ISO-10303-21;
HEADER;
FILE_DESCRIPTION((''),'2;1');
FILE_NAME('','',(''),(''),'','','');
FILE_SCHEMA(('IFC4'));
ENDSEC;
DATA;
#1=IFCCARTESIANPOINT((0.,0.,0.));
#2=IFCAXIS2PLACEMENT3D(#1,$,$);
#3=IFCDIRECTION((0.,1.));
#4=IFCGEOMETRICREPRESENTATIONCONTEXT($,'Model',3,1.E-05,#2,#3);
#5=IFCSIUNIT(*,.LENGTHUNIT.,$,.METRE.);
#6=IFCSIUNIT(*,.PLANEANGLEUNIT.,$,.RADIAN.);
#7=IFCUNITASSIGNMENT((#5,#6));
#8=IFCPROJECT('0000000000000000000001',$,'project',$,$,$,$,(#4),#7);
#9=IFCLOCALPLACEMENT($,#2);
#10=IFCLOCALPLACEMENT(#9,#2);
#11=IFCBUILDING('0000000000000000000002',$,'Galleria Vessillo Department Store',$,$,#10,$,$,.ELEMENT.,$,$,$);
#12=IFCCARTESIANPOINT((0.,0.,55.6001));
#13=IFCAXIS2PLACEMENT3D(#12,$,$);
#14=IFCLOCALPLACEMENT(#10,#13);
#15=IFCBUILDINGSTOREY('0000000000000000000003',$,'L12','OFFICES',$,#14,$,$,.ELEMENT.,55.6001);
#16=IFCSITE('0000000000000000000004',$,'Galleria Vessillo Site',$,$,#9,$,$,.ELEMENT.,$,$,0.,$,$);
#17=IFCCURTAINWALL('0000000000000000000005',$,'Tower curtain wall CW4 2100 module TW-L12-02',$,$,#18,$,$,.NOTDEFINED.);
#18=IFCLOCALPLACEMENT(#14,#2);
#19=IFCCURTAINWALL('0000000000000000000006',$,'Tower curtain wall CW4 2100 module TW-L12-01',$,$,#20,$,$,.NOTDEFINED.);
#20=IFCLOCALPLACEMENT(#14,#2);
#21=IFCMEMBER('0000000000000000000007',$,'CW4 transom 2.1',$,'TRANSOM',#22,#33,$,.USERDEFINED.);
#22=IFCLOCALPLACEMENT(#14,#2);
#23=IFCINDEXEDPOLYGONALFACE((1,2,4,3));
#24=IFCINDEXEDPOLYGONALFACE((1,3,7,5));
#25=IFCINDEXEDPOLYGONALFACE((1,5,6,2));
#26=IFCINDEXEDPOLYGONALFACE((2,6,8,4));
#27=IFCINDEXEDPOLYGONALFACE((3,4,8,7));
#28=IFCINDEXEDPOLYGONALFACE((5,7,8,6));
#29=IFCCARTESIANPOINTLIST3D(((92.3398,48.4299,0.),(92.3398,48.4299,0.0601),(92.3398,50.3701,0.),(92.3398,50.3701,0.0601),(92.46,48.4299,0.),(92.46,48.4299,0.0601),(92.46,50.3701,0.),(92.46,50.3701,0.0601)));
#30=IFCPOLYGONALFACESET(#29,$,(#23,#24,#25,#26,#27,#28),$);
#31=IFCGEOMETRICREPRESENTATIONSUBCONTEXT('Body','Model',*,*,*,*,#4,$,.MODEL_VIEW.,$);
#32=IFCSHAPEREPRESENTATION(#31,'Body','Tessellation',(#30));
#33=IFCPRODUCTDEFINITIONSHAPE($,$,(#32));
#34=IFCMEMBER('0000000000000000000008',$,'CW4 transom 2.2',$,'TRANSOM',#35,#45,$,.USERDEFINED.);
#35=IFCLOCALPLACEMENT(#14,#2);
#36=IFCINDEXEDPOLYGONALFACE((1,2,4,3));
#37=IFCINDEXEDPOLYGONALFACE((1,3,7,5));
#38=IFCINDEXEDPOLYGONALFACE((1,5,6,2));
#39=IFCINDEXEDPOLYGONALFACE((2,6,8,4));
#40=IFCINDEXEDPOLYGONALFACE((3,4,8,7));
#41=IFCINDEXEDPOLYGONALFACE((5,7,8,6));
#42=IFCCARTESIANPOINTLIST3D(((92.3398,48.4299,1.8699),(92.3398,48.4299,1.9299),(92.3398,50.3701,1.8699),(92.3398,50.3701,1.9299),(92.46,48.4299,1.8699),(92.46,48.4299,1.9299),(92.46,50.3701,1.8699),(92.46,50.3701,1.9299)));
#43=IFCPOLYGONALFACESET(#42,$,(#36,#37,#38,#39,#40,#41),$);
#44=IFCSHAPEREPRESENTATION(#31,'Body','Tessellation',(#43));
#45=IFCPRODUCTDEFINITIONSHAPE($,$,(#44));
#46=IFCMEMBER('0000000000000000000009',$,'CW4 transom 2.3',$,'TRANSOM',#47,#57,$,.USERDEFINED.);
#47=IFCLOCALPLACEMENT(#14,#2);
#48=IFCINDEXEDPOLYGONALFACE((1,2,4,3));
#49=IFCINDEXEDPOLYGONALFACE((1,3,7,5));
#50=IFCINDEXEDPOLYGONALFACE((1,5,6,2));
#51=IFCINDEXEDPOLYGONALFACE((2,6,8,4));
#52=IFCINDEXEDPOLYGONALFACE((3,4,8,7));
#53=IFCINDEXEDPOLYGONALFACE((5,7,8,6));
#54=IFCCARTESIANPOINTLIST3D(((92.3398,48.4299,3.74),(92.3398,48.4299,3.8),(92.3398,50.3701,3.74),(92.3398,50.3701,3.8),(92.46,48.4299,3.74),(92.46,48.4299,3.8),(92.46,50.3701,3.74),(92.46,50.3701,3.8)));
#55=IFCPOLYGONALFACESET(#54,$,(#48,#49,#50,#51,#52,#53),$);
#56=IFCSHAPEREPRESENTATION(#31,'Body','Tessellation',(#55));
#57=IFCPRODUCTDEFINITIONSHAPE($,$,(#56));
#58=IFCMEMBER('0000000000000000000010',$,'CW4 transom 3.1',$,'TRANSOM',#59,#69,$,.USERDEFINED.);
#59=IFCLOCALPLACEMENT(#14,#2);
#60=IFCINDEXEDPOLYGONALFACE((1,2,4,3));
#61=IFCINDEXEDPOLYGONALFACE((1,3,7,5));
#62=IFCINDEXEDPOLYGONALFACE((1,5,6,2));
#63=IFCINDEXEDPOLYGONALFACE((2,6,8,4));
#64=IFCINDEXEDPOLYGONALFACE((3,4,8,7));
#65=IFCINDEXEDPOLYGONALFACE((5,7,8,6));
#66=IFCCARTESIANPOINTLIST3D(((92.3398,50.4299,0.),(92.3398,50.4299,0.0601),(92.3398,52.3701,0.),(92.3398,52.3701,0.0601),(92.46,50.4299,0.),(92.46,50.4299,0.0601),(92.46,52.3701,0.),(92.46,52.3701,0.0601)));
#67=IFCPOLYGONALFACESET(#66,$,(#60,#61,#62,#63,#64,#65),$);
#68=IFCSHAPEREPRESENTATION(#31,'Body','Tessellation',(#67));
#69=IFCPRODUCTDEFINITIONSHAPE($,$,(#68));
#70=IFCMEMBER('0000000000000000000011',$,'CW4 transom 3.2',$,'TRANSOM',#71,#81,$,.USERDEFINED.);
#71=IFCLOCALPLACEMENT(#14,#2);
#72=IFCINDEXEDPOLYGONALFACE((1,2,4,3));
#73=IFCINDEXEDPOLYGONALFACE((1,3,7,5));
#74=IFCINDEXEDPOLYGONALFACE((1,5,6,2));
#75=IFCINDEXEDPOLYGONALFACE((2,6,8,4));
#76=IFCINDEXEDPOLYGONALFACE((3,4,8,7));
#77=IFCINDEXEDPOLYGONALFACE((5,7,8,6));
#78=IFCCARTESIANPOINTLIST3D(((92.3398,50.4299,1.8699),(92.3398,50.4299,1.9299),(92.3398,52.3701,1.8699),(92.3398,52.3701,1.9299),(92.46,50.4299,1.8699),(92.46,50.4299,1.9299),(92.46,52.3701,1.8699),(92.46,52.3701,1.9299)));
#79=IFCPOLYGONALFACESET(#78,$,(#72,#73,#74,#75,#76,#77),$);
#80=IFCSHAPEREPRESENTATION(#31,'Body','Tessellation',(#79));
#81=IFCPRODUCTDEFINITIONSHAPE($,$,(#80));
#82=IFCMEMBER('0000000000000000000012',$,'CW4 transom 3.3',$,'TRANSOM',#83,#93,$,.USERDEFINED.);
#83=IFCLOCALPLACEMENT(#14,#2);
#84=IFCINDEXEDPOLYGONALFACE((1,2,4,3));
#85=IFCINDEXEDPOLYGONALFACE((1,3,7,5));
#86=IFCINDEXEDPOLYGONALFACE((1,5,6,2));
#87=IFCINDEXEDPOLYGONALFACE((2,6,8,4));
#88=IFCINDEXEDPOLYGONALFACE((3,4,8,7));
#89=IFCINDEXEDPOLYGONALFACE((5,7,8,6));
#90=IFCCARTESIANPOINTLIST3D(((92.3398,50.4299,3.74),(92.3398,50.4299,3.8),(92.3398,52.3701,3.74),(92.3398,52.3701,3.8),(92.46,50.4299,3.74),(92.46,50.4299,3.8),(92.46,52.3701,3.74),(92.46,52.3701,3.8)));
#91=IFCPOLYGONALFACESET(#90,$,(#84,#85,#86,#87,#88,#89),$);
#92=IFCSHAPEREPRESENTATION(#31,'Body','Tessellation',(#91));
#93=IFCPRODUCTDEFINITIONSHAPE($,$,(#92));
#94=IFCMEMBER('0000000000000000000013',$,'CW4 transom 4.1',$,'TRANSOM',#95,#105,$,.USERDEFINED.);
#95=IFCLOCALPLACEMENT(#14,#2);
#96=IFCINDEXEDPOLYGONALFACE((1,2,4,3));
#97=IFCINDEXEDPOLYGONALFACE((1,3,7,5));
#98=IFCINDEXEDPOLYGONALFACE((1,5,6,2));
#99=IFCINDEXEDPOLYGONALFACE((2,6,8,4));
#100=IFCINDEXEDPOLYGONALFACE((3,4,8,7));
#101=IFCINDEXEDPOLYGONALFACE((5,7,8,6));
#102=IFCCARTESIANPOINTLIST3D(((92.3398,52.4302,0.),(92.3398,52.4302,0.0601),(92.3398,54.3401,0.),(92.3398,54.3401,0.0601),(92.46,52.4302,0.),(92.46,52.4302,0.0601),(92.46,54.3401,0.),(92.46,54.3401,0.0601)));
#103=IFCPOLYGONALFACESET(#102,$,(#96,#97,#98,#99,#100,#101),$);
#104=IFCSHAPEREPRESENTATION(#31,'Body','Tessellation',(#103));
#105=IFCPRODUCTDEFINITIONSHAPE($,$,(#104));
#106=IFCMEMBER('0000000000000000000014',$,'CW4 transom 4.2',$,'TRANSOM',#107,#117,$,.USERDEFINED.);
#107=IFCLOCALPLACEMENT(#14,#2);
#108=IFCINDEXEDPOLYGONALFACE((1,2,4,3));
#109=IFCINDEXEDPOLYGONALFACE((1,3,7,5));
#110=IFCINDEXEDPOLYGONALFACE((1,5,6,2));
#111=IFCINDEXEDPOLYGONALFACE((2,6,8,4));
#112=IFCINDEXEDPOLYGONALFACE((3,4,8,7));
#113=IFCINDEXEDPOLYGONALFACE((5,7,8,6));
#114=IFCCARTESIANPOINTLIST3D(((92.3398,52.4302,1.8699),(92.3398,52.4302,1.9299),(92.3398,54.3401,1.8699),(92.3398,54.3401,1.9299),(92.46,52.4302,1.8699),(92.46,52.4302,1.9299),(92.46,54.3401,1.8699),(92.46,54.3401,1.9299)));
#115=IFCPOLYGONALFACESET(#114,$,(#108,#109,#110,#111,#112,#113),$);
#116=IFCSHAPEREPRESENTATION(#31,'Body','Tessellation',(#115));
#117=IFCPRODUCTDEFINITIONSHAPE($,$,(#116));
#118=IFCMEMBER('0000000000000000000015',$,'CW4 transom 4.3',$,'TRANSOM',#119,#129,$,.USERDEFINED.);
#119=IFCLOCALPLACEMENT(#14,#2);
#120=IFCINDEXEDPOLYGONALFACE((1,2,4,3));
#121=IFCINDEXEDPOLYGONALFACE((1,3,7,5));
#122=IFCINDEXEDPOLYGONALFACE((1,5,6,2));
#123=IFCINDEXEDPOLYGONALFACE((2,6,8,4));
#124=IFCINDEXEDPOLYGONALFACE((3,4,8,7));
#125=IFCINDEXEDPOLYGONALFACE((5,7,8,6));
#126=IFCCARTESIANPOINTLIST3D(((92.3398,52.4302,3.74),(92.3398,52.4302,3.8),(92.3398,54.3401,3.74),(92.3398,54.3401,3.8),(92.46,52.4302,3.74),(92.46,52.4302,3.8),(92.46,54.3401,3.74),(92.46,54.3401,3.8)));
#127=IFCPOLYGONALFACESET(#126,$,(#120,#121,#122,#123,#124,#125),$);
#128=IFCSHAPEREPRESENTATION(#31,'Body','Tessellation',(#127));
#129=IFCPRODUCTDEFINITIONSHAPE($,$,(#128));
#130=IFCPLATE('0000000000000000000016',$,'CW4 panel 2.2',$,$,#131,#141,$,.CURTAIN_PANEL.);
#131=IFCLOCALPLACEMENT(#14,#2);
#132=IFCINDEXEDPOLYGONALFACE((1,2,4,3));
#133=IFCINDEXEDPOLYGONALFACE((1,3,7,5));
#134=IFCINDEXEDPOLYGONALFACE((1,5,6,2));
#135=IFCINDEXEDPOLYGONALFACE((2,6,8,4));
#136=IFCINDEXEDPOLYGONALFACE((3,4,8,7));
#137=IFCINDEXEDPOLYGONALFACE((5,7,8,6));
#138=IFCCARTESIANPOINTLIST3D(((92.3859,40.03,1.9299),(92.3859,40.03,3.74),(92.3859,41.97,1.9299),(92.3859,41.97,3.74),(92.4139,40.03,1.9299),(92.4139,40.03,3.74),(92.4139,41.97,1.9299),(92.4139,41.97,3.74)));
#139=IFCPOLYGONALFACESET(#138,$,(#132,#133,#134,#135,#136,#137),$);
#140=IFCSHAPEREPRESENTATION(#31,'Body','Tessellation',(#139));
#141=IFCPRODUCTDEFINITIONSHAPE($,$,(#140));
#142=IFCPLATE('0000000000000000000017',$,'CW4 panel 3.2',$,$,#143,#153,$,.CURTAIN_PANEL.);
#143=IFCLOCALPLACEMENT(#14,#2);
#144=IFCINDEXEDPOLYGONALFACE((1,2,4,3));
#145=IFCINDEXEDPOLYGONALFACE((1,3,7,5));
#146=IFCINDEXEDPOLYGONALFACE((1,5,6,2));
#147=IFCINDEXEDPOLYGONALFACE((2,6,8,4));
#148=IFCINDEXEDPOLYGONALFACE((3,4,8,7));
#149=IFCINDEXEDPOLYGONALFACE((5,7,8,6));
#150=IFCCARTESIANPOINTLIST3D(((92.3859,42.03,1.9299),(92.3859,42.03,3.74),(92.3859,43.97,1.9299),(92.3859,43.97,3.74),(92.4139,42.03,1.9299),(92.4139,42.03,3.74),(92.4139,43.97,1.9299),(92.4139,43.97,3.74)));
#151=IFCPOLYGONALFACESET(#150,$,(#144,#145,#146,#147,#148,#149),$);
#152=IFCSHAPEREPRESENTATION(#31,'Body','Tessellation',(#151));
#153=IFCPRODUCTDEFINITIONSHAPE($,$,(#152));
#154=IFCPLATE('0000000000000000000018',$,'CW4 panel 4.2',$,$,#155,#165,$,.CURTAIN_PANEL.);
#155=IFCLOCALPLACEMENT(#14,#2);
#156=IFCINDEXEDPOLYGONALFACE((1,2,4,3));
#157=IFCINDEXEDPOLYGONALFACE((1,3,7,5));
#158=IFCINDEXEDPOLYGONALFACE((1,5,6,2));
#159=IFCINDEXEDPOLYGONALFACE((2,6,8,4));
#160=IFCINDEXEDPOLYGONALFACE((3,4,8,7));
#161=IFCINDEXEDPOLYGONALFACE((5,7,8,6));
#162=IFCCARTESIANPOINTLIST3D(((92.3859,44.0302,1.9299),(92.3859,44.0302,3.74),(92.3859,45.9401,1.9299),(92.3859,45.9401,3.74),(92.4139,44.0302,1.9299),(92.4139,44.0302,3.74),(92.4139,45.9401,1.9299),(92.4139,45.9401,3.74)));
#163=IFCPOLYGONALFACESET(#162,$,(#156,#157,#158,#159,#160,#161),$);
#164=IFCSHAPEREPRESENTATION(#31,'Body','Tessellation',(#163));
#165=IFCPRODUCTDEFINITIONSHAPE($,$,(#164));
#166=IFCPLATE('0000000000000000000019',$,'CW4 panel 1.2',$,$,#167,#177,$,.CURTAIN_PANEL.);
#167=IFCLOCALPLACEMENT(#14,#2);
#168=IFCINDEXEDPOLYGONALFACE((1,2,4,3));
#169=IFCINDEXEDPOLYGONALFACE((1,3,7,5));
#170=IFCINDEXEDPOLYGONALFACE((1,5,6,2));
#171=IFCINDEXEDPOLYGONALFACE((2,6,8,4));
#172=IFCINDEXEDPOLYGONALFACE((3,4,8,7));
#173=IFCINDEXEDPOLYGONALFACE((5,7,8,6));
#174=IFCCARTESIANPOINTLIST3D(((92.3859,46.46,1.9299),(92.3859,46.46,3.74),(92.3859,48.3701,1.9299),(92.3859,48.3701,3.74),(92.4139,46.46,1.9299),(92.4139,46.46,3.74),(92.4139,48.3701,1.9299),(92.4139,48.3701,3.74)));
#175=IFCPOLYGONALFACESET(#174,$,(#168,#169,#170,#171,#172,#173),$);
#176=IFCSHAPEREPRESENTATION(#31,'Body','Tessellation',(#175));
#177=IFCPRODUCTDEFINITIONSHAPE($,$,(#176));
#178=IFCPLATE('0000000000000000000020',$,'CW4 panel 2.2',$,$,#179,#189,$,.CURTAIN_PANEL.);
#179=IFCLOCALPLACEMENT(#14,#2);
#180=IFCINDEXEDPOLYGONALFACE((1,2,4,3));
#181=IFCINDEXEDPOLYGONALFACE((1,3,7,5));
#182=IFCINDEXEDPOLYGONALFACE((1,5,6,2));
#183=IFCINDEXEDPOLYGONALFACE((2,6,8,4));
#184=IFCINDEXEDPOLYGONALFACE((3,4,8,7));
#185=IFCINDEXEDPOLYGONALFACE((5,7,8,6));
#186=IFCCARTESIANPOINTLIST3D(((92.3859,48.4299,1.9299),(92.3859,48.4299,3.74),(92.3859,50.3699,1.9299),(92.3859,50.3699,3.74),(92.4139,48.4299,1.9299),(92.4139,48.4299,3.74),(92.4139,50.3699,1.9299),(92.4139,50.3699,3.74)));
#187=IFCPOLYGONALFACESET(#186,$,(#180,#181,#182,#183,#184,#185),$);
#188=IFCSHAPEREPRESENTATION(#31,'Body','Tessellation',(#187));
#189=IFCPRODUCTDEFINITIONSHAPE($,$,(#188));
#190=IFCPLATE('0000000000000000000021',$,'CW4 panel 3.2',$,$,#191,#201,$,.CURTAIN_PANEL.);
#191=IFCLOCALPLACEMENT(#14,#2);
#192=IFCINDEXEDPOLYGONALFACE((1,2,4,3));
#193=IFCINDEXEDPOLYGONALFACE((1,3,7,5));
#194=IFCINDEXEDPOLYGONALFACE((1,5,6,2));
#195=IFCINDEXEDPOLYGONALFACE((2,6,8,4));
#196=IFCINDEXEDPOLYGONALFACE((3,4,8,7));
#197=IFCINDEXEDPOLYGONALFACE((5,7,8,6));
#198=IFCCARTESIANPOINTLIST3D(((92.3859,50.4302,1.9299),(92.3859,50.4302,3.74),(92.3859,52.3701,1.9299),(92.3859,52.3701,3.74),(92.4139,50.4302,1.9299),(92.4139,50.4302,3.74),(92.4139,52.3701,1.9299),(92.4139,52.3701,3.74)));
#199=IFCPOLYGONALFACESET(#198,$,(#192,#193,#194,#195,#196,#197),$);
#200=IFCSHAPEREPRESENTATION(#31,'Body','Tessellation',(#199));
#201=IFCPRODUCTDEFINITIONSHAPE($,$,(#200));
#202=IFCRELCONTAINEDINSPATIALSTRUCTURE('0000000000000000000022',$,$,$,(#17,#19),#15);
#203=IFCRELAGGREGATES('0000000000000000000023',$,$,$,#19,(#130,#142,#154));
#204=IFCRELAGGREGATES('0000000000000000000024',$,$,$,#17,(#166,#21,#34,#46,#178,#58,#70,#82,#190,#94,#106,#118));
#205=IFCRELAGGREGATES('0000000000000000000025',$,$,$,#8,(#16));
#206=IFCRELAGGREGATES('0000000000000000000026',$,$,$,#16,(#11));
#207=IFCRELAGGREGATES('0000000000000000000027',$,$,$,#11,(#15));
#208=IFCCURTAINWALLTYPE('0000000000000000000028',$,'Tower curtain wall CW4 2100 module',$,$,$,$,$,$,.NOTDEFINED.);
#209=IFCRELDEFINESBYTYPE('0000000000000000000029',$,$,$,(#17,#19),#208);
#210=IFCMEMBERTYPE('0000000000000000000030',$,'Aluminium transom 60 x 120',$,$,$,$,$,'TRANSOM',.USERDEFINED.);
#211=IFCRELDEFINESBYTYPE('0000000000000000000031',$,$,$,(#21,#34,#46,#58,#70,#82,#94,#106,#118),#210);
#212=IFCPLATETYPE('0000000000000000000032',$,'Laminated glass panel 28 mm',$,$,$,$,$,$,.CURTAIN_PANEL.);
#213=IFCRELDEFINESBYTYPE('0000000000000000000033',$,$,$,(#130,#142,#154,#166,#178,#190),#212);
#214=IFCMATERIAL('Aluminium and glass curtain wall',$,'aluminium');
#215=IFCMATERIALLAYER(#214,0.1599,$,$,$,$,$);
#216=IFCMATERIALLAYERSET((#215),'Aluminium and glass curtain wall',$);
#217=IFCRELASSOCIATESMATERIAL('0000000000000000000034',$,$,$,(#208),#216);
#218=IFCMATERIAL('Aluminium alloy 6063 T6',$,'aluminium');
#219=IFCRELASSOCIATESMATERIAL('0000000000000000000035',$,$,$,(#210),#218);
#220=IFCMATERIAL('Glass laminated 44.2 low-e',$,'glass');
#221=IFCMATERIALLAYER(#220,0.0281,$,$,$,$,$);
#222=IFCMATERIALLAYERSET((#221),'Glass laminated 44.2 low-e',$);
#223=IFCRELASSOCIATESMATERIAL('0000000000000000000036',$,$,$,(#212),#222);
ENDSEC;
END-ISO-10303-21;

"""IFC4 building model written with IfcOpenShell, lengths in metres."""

from ifc_helpers import new_model, si_unit, direction, frame, origin, origin_2d, place, context, subcontext, project, spatial, rectangle, extrude, material, layer, layer_set, material_profile, profile_set, type_object, element, aggregate, save


model = new_model("IFC4")

# Units and contexts
model_context = context("Model", 3, precision=1e-05, world=origin(), true_north=direction((0.0, 1.0)))
body_context = subcontext(model_context, "Body", "Model", "MODEL_VIEW")
ifc_project = project(units=[si_unit("LENGTHUNIT", "METRE"), si_unit("PLANEANGLEUNIT", "RADIAN")], contexts=[model_context])

# Site, building, storey
site_placement = place(None, origin())
site = spatial("IfcSite", under=ifc_project, at=site_placement, Name="Galleria Vessillo Site", CompositionType="ELEMENT", RefElevation=0.0)
building_placement = place(site_placement, origin())
building = spatial("IfcBuilding", under=site, at=building_placement, Name="Galleria Vessillo Department Store", CompositionType="ELEMENT")
storey_placement = place(building_placement, frame((0.0, 0.0, 55.6001)))
storey = spatial("IfcBuildingStorey", under=building, at=storey_placement, Name="L12", Description="OFFICES", CompositionType="ELEMENT", Elevation=55.6001)

# Curtain walls
ifc_material_1 = material(Name="Aluminium and glass curtain wall", Category="aluminium")
ifc_layer_1 = layer(ifc_material_1, 0.1599)
ifc_layer_set_1 = layer_set([ifc_layer_1], Name="Aluminium and glass curtain wall")
curtain_wall_type = type_object("IfcCurtainWallType", Name="Tower curtain wall CW4 2100 module", PredefinedType="NOTDEFINED", material=ifc_layer_set_1)
curtain_wall_1_placement = place(storey_placement, origin())
curtain_wall_1 = element("IfcCurtainWall", 1, at=curtain_wall_1_placement, inside=storey, type_object=curtain_wall_type, Name="Tower curtain wall CW4 2100 module TW-L12-02", PredefinedType="NOTDEFINED")
curtain_wall_2_placement = place(storey_placement, origin())
curtain_wall_2 = element("IfcCurtainWall", 2, at=curtain_wall_2_placement, inside=storey, type_object=curtain_wall_type, Name="Tower curtain wall CW4 2100 module TW-L12-01", PredefinedType="NOTDEFINED")
ifc_material_2 = material(Name="Aluminium alloy 6063 T6", Category="aluminium")
ifc_material_profile_1 = material_profile(ifc_material_2, rectangle(XDim=0.1201, YDim=0.0601, at=origin_2d()), Name="AL 60x120")
ifc_profile_set_1 = profile_set([ifc_material_profile_1], Name="Aluminium alloy 6063 T6")
member_type_1 = type_object("IfcMemberType", Name="Aluminium transom 60 x 120", ElementType="TRANSOM", PredefinedType="USERDEFINED", material=ifc_profile_set_1)

# Members
member_1_placement = place(storey_placement, frame((92.3999, 48.4299, 0.03), z_axis=(0.0, 1.0, 0.0), x_axis=(-1.0, 0.0, 0.0)))
member_1 = element("IfcMember", 3, at=member_1_placement, type_object=member_type_1, Name="CW4 transom 2.1", ObjectType="TRANSOM", PredefinedType="USERDEFINED", context=body_context, shape_type="SweptSolid", body=[
    extrude(rectangle(XDim=0.1201, YDim=0.0601, at=origin_2d()), origin(), (0.0, 0.0, 1.0), 1.9402),
])
member_2_placement = place(storey_placement, frame((92.3999, 48.4299, 1.8999), z_axis=(0.0, 1.0, 0.0), x_axis=(-1.0, 0.0, 0.0)))
member_2 = element("IfcMember", 4, at=member_2_placement, type_object=member_type_1, Name="CW4 transom 2.2", ObjectType="TRANSOM", PredefinedType="USERDEFINED", context=body_context, shape_type="SweptSolid", body=[
    extrude(rectangle(XDim=0.1201, YDim=0.0601, at=origin_2d()), origin(), (0.0, 0.0, 1.0), 1.9402),
])
member_3_placement = place(storey_placement, frame((92.3999, 48.4299, 3.77), z_axis=(0.0, 1.0, 0.0), x_axis=(-1.0, 0.0, 0.0)))
member_3 = element("IfcMember", 5, at=member_3_placement, type_object=member_type_1, Name="CW4 transom 2.3", ObjectType="TRANSOM", PredefinedType="USERDEFINED", context=body_context, shape_type="SweptSolid", body=[
    extrude(rectangle(XDim=0.1201, YDim=0.0601, at=origin_2d()), origin(), (0.0, 0.0, 1.0), 1.9402),
])
member_4_placement = place(storey_placement, frame((92.3999, 50.4299, 0.03), z_axis=(0.0, 1.0, 0.0), x_axis=(-1.0, 0.0, 0.0)))
member_4 = element("IfcMember", 6, at=member_4_placement, type_object=member_type_1, Name="CW4 transom 3.1", ObjectType="TRANSOM", PredefinedType="USERDEFINED", context=body_context, shape_type="SweptSolid", body=[
    extrude(rectangle(XDim=0.1201, YDim=0.0601, at=origin_2d()), origin(), (0.0, 0.0, 1.0), 1.9402),
])
member_5_placement = place(storey_placement, frame((92.3999, 50.4299, 1.8999), z_axis=(0.0, 1.0, 0.0), x_axis=(-1.0, 0.0, 0.0)))
member_5 = element("IfcMember", 7, at=member_5_placement, type_object=member_type_1, Name="CW4 transom 3.2", ObjectType="TRANSOM", PredefinedType="USERDEFINED", context=body_context, shape_type="SweptSolid", body=[
    extrude(rectangle(XDim=0.1201, YDim=0.0601, at=origin_2d()), origin(), (0.0, 0.0, 1.0), 1.9402),
])
member_6_placement = place(storey_placement, frame((92.3999, 50.4299, 3.77), z_axis=(0.0, 1.0, 0.0), x_axis=(-1.0, 0.0, 0.0)))
member_6 = element("IfcMember", 8, at=member_6_placement, type_object=member_type_1, Name="CW4 transom 3.3", ObjectType="TRANSOM", PredefinedType="USERDEFINED", context=body_context, shape_type="SweptSolid", body=[
    extrude(rectangle(XDim=0.1201, YDim=0.0601, at=origin_2d()), origin(), (0.0, 0.0, 1.0), 1.9402),
])
member_7_placement = place(storey_placement, frame((92.3999, 52.4302, 0.03), z_axis=(0.0, 1.0, 0.0), x_axis=(-1.0, 0.0, 0.0)))
member_7 = element("IfcMember", 9, at=member_7_placement, type_object=member_type_1, Name="CW4 transom 4.1", ObjectType="TRANSOM", PredefinedType="USERDEFINED", context=body_context, shape_type="SweptSolid", body=[
    extrude(rectangle(XDim=0.1201, YDim=0.0601, at=origin_2d()), origin(), (0.0, 0.0, 1.0), 1.9099),
])
member_8_placement = place(storey_placement, frame((92.3999, 52.4302, 1.8999), z_axis=(0.0, 1.0, 0.0), x_axis=(-1.0, 0.0, 0.0)))
member_8 = element("IfcMember", 10, at=member_8_placement, type_object=member_type_1, Name="CW4 transom 4.2", ObjectType="TRANSOM", PredefinedType="USERDEFINED", context=body_context, shape_type="SweptSolid", body=[
    extrude(rectangle(XDim=0.1201, YDim=0.0601, at=origin_2d()), origin(), (0.0, 0.0, 1.0), 1.9099),
])
member_9_placement = place(storey_placement, frame((92.3999, 52.4302, 3.77), z_axis=(0.0, 1.0, 0.0), x_axis=(-1.0, 0.0, 0.0)))
member_9 = element("IfcMember", 11, at=member_9_placement, type_object=member_type_1, Name="CW4 transom 4.3", ObjectType="TRANSOM", PredefinedType="USERDEFINED", context=body_context, shape_type="SweptSolid", body=[
    extrude(rectangle(XDim=0.1201, YDim=0.0601, at=origin_2d()), origin(), (0.0, 0.0, 1.0), 1.9099),
])

# Plates
ifc_material_3 = material(Name="Glass laminated 44.2 low-e", Category="glass")
ifc_layer_2 = layer(ifc_material_3, 0.0281)
ifc_layer_set_2 = layer_set([ifc_layer_2], Name="Glass laminated 44.2 low-e")
plate_type_1 = type_object("IfcPlateType", Name="Laminated glass panel 28 mm", PredefinedType="CURTAIN_PANEL", material=ifc_layer_set_2)
plate_1_placement = place(storey_placement, frame((92.3999, 41.0, 1.9299), z_axis=(0.0, 0.0, 1.0), x_axis=(0.0, 1.0, 0.0)))
plate_1 = element("IfcPlate", 12, at=plate_1_placement, type_object=plate_type_1, Name="CW4 panel 2.2", PredefinedType="CURTAIN_PANEL", context=body_context, shape_type="SweptSolid", body=[
    extrude(rectangle(XDim=1.9399, YDim=0.0281, at=origin_2d()), origin(), (0.0, 0.0, 1.0), 1.8101),
])
plate_2_placement = place(storey_placement, frame((92.3999, 43.0, 1.9299), z_axis=(0.0, 0.0, 1.0), x_axis=(0.0, 1.0, 0.0)))
plate_2 = element("IfcPlate", 13, at=plate_2_placement, type_object=plate_type_1, Name="CW4 panel 3.2", PredefinedType="CURTAIN_PANEL", context=body_context, shape_type="SweptSolid", body=[
    extrude(rectangle(XDim=1.9399, YDim=0.0281, at=origin_2d()), origin(), (0.0, 0.0, 1.0), 1.8101),
])
plate_3_placement = place(storey_placement, frame((92.3999, 44.9851, 1.9299), z_axis=(0.0, 0.0, 1.0), x_axis=(0.0, 1.0, 0.0)))
plate_3 = element("IfcPlate", 14, at=plate_3_placement, type_object=plate_type_1, Name="CW4 panel 4.2", PredefinedType="CURTAIN_PANEL", context=body_context, shape_type="SweptSolid", body=[
    extrude(rectangle(XDim=1.9099, YDim=0.0281, at=origin_2d()), origin(), (0.0, 0.0, 1.0), 1.8101),
])
plate_4_placement = place(storey_placement, frame((92.3999, 47.415, 1.9299), z_axis=(0.0, 0.0, 1.0), x_axis=(0.0, 1.0, 0.0)))
plate_4 = element("IfcPlate", 15, at=plate_4_placement, type_object=plate_type_1, Name="CW4 panel 1.2", PredefinedType="CURTAIN_PANEL", context=body_context, shape_type="SweptSolid", body=[
    extrude(rectangle(XDim=1.9102, YDim=0.0281, at=origin_2d()), origin(), (0.0, 0.0, 1.0), 1.8101),
])
plate_5_placement = place(storey_placement, frame((92.3999, 49.3999, 1.9299), z_axis=(0.0, 0.0, 1.0), x_axis=(0.0, 1.0, 0.0)))
plate_5 = element("IfcPlate", 16, at=plate_5_placement, type_object=plate_type_1, Name="CW4 panel 2.2", PredefinedType="CURTAIN_PANEL", context=body_context, shape_type="SweptSolid", body=[
    extrude(rectangle(XDim=1.9399, YDim=0.0281, at=origin_2d()), origin(), (0.0, 0.0, 1.0), 1.8101),
])
plate_6_placement = place(storey_placement, frame((92.3999, 51.4001, 1.9299), z_axis=(0.0, 0.0, 1.0), x_axis=(0.0, 1.0, 0.0)))
plate_6 = element("IfcPlate", 17, at=plate_6_placement, type_object=plate_type_1, Name="CW4 panel 3.2", PredefinedType="CURTAIN_PANEL", context=body_context, shape_type="SweptSolid", body=[
    extrude(rectangle(XDim=1.9399, YDim=0.0281, at=origin_2d()), origin(), (0.0, 0.0, 1.0), 1.8101),
])
aggregate(curtain_wall_2, [plate_1, plate_2, plate_3])
aggregate(curtain_wall_1, [plate_4, member_1, member_2, member_3, plate_5, member_4, member_5, member_6, plate_6, member_7, member_8, member_9])

save(model, "model.ifc")
